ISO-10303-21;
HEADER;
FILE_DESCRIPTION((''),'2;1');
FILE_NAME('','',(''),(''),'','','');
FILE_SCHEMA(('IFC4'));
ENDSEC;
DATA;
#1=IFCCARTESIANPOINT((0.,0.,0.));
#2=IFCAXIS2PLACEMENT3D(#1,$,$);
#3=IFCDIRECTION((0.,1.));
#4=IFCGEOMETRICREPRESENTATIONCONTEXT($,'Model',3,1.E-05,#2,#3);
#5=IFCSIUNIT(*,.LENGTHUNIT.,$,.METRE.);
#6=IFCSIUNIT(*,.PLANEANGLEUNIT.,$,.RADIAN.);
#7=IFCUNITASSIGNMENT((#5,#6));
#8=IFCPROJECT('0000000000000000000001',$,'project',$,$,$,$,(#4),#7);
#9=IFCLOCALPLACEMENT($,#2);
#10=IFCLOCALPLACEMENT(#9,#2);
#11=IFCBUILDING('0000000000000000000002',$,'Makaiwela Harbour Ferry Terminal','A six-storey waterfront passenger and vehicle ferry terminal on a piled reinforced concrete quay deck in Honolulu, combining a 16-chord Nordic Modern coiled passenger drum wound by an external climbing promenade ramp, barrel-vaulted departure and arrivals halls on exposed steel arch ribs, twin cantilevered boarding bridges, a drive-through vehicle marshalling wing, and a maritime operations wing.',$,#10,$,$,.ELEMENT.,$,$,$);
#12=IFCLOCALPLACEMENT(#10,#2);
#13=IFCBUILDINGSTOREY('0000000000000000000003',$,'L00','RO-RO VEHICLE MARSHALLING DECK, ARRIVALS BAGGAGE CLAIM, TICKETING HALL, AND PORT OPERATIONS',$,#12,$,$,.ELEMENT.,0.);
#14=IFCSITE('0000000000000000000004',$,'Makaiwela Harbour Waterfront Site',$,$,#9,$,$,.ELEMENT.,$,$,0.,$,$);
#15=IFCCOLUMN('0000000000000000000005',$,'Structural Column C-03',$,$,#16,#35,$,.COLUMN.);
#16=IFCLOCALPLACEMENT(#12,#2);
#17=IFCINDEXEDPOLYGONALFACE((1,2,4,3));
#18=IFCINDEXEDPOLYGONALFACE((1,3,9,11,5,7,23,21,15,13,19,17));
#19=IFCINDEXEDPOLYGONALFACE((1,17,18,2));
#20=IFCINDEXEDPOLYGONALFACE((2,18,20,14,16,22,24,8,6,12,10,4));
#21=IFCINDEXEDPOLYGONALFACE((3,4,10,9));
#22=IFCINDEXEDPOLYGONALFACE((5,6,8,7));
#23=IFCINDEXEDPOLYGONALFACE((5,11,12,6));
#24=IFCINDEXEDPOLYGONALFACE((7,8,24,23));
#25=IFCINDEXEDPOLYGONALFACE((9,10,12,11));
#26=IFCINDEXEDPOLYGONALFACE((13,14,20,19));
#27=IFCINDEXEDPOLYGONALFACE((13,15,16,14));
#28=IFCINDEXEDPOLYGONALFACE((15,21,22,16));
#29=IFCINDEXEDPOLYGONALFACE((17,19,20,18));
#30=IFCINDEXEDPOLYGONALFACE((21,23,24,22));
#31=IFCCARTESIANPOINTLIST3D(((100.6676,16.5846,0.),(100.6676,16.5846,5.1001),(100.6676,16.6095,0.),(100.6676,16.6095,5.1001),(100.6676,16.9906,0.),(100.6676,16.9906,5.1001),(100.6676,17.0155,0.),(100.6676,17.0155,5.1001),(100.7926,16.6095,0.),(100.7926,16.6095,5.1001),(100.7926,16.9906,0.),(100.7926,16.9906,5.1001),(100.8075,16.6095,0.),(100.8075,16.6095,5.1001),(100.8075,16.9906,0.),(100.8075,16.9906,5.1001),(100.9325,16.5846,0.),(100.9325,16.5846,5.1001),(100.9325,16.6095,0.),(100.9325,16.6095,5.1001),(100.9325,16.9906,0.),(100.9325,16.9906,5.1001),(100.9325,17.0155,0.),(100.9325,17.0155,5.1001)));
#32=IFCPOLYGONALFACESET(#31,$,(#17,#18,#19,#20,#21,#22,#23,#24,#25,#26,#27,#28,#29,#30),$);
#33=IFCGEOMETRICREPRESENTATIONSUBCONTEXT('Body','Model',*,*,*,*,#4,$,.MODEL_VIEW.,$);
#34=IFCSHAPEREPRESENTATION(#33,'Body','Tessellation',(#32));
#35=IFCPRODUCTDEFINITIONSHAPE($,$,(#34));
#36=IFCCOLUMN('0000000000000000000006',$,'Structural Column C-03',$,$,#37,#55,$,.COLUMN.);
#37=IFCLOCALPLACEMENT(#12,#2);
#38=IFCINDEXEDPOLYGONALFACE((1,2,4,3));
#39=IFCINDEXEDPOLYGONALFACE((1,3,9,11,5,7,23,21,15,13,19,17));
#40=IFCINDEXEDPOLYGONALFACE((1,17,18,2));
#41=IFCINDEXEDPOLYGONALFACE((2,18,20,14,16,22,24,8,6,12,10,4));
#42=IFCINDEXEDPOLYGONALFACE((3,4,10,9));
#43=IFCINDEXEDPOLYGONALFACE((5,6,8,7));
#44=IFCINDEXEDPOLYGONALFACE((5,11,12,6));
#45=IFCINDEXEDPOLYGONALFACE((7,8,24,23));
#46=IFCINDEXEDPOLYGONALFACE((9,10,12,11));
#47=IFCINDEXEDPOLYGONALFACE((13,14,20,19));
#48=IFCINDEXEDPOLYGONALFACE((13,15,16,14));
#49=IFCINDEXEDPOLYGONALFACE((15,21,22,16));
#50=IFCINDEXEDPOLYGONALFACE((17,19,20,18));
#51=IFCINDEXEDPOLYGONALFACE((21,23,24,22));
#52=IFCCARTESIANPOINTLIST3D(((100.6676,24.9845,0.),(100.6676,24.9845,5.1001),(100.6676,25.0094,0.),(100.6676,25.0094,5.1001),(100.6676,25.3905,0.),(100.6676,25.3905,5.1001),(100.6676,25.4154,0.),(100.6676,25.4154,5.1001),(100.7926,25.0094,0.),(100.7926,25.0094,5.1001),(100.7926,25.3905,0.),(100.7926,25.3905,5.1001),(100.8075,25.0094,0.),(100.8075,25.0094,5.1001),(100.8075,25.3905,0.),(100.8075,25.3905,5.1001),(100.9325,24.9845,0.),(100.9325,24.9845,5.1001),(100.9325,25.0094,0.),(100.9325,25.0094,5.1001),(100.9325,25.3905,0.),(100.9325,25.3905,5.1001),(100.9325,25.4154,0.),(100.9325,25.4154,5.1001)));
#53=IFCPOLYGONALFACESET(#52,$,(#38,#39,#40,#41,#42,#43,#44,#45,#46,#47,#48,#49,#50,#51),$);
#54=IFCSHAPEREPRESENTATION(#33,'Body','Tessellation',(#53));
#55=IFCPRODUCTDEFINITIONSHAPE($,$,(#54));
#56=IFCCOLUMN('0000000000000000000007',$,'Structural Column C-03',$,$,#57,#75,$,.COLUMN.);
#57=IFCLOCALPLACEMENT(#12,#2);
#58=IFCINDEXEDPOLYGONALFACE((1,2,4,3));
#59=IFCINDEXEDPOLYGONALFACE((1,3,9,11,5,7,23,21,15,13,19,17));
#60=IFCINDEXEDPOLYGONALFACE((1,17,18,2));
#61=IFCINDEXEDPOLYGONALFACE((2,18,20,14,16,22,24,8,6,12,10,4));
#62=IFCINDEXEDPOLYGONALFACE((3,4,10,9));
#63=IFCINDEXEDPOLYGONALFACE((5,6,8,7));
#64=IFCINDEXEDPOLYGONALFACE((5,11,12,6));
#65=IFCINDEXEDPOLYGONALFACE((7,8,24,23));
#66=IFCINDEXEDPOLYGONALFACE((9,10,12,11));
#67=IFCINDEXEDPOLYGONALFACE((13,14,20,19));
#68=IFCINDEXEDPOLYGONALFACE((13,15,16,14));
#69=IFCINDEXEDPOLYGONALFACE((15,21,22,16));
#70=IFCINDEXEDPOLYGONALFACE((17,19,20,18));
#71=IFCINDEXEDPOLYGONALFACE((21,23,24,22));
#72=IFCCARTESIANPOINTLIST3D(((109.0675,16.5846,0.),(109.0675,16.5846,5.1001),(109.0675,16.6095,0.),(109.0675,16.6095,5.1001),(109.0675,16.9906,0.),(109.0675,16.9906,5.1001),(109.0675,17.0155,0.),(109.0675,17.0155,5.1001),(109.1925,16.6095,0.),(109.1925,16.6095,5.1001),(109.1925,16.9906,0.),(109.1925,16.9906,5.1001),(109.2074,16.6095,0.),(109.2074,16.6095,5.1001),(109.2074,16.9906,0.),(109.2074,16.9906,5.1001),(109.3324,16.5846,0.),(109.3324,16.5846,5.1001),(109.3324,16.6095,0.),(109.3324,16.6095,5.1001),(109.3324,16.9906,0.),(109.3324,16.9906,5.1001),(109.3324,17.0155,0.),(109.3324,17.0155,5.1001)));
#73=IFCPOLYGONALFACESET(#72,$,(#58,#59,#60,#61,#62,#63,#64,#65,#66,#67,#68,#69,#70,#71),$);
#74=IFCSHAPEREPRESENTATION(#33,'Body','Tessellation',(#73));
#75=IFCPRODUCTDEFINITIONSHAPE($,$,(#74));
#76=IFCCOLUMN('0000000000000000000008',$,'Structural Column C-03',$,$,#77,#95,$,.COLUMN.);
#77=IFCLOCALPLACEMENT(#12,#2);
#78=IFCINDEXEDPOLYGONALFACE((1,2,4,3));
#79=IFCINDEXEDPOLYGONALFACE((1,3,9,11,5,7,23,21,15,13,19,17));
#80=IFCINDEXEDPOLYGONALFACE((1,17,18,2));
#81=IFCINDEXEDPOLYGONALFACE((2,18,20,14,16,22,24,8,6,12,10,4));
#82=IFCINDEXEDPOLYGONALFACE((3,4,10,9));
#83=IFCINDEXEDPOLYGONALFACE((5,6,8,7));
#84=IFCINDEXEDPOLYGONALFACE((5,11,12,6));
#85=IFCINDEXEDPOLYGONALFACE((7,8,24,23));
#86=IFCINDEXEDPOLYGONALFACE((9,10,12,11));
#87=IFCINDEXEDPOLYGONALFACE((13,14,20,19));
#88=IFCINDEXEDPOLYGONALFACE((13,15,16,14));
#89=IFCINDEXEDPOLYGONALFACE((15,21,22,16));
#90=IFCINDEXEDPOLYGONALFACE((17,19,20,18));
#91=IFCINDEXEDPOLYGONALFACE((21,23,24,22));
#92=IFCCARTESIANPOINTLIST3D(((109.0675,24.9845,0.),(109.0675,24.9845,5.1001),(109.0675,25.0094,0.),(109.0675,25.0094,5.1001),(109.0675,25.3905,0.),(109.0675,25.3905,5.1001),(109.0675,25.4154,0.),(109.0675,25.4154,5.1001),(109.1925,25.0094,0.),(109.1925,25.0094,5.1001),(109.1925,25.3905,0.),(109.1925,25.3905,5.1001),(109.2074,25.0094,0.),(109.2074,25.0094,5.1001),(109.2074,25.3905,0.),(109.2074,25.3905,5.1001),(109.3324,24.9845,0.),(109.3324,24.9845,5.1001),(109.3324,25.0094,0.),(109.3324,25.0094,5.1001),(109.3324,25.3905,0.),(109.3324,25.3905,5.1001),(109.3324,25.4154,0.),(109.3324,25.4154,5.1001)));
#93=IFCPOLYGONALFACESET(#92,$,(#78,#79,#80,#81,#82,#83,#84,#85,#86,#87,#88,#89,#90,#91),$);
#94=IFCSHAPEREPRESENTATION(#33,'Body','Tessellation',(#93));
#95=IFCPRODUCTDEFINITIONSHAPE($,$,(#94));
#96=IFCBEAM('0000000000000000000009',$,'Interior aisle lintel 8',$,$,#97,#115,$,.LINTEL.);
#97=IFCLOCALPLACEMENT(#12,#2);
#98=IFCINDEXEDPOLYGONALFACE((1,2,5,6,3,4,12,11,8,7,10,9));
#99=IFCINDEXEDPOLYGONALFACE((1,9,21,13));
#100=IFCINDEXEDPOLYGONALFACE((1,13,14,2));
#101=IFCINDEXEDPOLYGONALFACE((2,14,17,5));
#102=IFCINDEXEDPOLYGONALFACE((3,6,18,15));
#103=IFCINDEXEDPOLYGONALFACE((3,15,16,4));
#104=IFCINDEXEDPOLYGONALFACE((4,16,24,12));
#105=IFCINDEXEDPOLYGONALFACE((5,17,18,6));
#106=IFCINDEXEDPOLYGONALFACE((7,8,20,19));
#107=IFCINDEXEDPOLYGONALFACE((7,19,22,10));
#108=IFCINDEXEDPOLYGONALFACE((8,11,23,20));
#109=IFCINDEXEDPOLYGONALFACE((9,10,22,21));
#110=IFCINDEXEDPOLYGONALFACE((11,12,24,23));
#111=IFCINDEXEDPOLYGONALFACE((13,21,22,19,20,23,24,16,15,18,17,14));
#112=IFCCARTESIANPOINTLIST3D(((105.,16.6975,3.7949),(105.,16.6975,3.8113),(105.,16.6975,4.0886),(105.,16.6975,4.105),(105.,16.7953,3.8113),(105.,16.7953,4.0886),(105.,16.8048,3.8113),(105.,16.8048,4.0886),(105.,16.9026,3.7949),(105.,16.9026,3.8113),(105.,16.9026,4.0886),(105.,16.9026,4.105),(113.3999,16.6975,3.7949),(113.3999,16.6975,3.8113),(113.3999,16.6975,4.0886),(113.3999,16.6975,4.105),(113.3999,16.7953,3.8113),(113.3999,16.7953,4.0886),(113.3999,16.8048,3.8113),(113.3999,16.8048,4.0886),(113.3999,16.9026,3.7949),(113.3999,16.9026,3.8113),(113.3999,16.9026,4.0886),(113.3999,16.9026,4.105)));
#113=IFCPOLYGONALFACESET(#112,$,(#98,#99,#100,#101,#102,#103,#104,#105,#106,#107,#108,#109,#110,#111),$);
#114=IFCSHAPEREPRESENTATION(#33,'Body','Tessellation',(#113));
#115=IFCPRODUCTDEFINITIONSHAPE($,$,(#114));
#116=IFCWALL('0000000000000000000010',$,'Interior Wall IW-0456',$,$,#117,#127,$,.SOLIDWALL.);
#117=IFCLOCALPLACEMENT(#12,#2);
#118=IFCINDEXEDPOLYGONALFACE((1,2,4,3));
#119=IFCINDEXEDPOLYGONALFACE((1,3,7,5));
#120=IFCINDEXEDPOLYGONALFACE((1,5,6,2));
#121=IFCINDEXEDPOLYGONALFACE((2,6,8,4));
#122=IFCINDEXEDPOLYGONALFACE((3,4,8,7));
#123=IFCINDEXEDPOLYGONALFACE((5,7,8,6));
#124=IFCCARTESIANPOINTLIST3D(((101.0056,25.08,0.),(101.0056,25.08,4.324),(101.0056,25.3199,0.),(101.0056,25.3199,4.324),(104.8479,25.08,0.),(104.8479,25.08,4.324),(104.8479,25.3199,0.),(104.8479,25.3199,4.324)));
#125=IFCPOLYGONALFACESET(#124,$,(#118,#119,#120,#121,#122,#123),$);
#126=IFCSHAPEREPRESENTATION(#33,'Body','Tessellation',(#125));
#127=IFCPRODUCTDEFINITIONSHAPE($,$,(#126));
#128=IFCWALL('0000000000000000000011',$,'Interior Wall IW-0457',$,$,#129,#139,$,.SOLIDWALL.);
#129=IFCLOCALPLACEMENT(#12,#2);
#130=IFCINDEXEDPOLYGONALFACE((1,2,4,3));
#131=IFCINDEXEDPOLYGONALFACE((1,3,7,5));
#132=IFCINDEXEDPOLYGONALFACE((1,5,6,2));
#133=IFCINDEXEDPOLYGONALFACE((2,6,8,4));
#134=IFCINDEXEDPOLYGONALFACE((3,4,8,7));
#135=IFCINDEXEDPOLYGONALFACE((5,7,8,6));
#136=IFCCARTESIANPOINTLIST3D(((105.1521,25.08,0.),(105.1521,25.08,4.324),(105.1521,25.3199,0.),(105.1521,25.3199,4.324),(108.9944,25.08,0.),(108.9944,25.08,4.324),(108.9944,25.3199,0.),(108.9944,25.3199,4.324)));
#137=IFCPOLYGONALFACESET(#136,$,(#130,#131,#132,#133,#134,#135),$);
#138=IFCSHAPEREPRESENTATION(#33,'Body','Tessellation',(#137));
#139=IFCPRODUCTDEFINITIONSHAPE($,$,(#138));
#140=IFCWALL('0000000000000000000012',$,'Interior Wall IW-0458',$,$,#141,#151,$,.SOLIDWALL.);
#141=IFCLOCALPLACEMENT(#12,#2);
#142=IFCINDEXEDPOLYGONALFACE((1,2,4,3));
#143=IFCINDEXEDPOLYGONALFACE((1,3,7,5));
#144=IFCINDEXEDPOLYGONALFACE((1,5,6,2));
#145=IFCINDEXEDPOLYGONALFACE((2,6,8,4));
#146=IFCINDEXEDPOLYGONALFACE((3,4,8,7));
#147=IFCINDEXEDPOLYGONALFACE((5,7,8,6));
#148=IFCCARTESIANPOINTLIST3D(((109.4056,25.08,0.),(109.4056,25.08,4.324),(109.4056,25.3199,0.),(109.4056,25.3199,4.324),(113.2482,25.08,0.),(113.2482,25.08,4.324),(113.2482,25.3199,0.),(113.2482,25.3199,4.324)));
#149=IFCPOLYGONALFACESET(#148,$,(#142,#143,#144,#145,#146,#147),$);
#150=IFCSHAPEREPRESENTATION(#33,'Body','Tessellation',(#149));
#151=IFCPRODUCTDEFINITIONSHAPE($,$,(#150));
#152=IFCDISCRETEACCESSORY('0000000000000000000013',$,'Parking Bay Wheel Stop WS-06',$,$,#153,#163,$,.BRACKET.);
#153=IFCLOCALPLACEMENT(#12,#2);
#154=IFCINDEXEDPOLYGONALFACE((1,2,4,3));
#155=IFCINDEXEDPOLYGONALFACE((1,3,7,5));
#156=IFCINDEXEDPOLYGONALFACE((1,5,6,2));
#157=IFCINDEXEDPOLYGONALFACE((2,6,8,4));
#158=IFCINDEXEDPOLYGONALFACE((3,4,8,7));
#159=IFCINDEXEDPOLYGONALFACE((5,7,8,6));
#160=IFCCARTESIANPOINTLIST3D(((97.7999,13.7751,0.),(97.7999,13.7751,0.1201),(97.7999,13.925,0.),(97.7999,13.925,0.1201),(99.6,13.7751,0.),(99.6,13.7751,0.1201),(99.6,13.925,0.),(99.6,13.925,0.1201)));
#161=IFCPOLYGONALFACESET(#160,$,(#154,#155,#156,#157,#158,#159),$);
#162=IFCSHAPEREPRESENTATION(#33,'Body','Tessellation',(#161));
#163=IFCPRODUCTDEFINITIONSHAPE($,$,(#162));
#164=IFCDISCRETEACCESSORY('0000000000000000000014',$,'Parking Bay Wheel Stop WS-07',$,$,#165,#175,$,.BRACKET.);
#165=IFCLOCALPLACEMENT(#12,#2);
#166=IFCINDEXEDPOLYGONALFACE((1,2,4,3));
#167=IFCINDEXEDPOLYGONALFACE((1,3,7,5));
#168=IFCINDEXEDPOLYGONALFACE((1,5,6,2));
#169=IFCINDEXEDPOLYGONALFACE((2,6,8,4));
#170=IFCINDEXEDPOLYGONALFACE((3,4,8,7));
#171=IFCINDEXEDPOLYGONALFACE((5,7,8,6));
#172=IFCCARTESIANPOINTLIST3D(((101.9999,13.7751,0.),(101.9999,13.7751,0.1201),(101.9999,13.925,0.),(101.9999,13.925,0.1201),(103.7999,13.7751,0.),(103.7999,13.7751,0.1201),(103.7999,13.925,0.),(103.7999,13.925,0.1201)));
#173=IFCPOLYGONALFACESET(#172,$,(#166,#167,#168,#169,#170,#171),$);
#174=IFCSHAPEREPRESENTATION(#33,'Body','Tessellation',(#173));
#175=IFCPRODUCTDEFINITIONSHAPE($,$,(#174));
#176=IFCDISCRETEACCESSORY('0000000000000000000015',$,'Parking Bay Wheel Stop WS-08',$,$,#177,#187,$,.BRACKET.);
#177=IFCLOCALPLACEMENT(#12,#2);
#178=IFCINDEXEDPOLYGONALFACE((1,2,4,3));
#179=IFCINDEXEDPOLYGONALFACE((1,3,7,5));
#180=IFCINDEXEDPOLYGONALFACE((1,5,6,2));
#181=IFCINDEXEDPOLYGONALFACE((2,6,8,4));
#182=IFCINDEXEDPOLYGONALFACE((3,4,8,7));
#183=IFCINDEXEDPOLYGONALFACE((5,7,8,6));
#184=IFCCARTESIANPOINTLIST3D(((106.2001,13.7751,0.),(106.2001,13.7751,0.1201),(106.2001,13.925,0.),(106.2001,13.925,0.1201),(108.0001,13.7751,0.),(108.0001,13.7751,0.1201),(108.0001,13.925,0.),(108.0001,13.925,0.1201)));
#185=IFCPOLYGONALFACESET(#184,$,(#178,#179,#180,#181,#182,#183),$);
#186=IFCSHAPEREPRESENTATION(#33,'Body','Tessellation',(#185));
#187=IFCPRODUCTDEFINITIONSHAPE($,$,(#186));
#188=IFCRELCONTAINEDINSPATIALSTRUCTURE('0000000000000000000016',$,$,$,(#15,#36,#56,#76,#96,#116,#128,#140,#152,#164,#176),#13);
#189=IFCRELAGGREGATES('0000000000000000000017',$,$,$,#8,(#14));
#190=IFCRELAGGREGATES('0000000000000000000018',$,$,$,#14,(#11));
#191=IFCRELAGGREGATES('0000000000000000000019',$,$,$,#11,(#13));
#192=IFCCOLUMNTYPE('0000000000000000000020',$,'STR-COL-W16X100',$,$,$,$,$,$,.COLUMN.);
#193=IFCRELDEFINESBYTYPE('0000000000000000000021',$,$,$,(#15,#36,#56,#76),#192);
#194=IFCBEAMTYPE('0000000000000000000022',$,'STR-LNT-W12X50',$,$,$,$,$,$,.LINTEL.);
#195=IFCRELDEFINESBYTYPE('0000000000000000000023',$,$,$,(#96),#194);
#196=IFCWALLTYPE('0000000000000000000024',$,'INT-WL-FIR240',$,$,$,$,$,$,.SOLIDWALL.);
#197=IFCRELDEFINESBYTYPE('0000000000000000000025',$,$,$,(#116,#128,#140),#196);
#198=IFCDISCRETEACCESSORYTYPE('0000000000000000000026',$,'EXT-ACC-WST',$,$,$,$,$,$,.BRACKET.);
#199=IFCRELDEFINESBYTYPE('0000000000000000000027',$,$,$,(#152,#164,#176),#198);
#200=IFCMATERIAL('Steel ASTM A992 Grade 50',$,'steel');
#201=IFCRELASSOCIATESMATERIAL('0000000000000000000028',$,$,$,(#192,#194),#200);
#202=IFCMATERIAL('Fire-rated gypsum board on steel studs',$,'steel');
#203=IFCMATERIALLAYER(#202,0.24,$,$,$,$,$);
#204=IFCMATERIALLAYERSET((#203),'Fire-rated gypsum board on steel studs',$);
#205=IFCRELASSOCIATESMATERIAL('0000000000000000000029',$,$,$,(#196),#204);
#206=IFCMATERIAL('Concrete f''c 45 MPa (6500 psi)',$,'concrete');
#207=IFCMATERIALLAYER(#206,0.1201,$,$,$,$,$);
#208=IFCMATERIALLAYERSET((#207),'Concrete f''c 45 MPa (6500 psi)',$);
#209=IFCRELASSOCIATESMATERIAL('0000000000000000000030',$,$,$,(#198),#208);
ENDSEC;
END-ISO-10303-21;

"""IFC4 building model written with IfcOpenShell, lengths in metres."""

from ifc_helpers import new_model, si_unit, direction, frame, frame_2d, origin, origin_2d, place, context, subcontext, project, spatial, rectangle, i_section, extrude, material, layer, layer_set, material_profile, profile_set, type_object, element, save


model = new_model("IFC4")

# Units and contexts
model_context = context("Model", 3, precision=1e-05, world=origin(), true_north=direction((0.0, 1.0)))
body_context = subcontext(model_context, "Body", "Model", "MODEL_VIEW")
ifc_project = project(units=[si_unit("LENGTHUNIT", "METRE"), si_unit("PLANEANGLEUNIT", "RADIAN")], contexts=[model_context])

# Site, building, storey
site_placement = place(None, origin())
site = spatial("IfcSite", under=ifc_project, at=site_placement, Name="Makaiwela Harbour Waterfront Site", CompositionType="ELEMENT", RefElevation=0.0)
building_placement = place(site_placement, origin())
building = spatial("IfcBuilding", under=site, at=building_placement, Name="Makaiwela Harbour Ferry Terminal", Description="A six-storey waterfront passenger and vehicle ferry terminal on a piled reinforced concrete quay deck in Honolulu, combining a 16-chord Nordic Modern coiled passenger drum wound by an external climbing promenade ramp, barrel-vaulted departure and arrivals halls on exposed steel arch ribs, twin cantilevered boarding bridges, a drive-through vehicle marshalling wing, and a maritime operations wing.", CompositionType="ELEMENT")
storey_placement = place(building_placement, origin())
storey = spatial("IfcBuildingStorey", under=building, at=storey_placement, Name="L00", Description="RO-RO VEHICLE MARSHALLING DECK, ARRIVALS BAGGAGE CLAIM, TICKETING HALL, AND PORT OPERATIONS", CompositionType="ELEMENT", Elevation=0.0)

# Shared definitions
ifc_material_1 = material(Name="Concrete f'c 45 MPa (6500 psi)", Category="concrete")

# Columns
ifc_material_2 = material(Name="Steel ASTM A992 Grade 50", Category="steel")
ifc_material_profile_1 = material_profile(ifc_material_2, i_section(OverallWidth=0.2649, OverallDepth=0.4309, WebThickness=0.0149, FlangeThickness=0.0249, at=origin_2d()), Name="W16X100")
ifc_profile_set_1 = profile_set([ifc_material_profile_1], Name="Steel ASTM A992 Grade 50")
column_type_1 = type_object("IfcColumnType", Name="STR-COL-W16X100", PredefinedType="COLUMN", material=ifc_profile_set_1)
for number, where, z_axis, x_axis, name in (
    (1, (100.8, 16.8, 0.0), (0.0, 0.0, 1.0), (1.0, 0.0, 0.0), "Structural Column C-03"),
    (2, (100.8, 25.2, 0.0), (0.0, 0.0, 1.0), (1.0, 0.0, 0.0), "Structural Column C-03"),
    (3, (109.2, 16.8, 0.0), (0.0, 0.0, 1.0), (1.0, 0.0, 0.0), "Structural Column C-03"),
    (4, (109.2, 25.2, 0.0), (0.0, 0.0, 1.0), (1.0, 0.0, 0.0), "Structural Column C-03"),
):
    element("IfcColumn", number, at=place(storey_placement, frame(where, z_axis=z_axis, x_axis=x_axis)), inside=storey, type_object=column_type_1, Name=name, PredefinedType="COLUMN", context=body_context, shape_type="SweptSolid", body=[
        extrude(i_section(OverallWidth=0.2649, OverallDepth=0.4309, WebThickness=0.0149, FlangeThickness=0.0249, at=origin_2d()), origin(), (0.0, 0.0, 1.0), 5.1001),
    ])

# Beam
ifc_material_profile_2 = material_profile(ifc_material_2, i_section(OverallWidth=0.2051, OverallDepth=0.3101, WebThickness=0.0095, FlangeThickness=0.0164, at=origin_2d()), Name="W12X50")
ifc_profile_set_2 = profile_set([ifc_material_profile_2], Name="Steel ASTM A992 Grade 50")
beam_type = type_object("IfcBeamType", Name="STR-LNT-W12X50", PredefinedType="LINTEL", material=ifc_profile_set_2)
beam_placement = place(storey_placement, frame((105.0, 16.8, 3.95), z_axis=(1.0, 0.0, 0.0), x_axis=(0.0, 1.0, 0.0)))
element("IfcBeam", 5, at=beam_placement, inside=storey, type_object=beam_type, Name="Interior aisle lintel 8", PredefinedType="LINTEL", context=body_context, shape_type="SweptSolid", body=[
    extrude(i_section(OverallWidth=0.2051, OverallDepth=0.3101, WebThickness=0.0095, FlangeThickness=0.0164, at=origin_2d()), origin(), (0.0, 0.0, 1.0), 8.3999),
])

# Walls
ifc_material_3 = material(Name="Fire-rated gypsum board on steel studs", Category="steel")
ifc_layer_1 = layer(ifc_material_3, 0.24)
ifc_layer_set_1 = layer_set([ifc_layer_1], Name="Fire-rated gypsum board on steel studs")
wall_type = type_object("IfcWallType", Name="INT-WL-FIR240", PredefinedType="SOLIDWALL", material=ifc_layer_set_1)
for number, where, z_axis, x_axis, name in (
    (6, (101.0056, 25.2, 0.0), (0.0, 0.0, 1.0), (1.0, 0.0, 0.0), "Interior Wall IW-0456"),
    (7, (105.1521, 25.2, 0.0), (0.0, 0.0, 1.0), (1.0, 0.0, 0.0), "Interior Wall IW-0457"),
):
    element("IfcWall", number, at=place(storey_placement, frame(where, z_axis=z_axis, x_axis=x_axis)), inside=storey, type_object=wall_type, Name=name, PredefinedType="SOLIDWALL", context=body_context, shape_type="SweptSolid", body=[
        extrude(rectangle(XDim=3.8423, YDim=0.24, at=frame_2d((1.9211, 0.0))), origin(), (0.0, 0.0, 1.0), 4.324),
    ])
wall_placement = place(storey_placement, frame((109.4055, 25.2, 0.0), z_axis=(0.0, 0.0, 1.0), x_axis=(1.0, 0.0, 0.0)))
element("IfcWall", 8, at=wall_placement, inside=storey, type_object=wall_type, Name="Interior Wall IW-0458", PredefinedType="SOLIDWALL", context=body_context, shape_type="SweptSolid", body=[
    extrude(rectangle(XDim=3.8425, YDim=0.24, at=frame_2d((1.9214, 0.0))), origin(), (0.0, 0.0, 1.0), 4.324),
])

# Discrete accessories
ifc_layer_2 = layer(ifc_material_1, 0.1201)
ifc_layer_set_2 = layer_set([ifc_layer_2], Name="Concrete f'c 45 MPa (6500 psi)")
discrete_accessory_type = type_object("IfcDiscreteAccessoryType", Name="EXT-ACC-WST", PredefinedType="BRACKET", material=ifc_layer_set_2)
for number, where, z_axis, x_axis, name in (
    (9, (98.7, 13.8501, 0.0), (0.0, 0.0, 1.0), (1.0, 0.0, 0.0), "Parking Bay Wheel Stop WS-06"),
    (10, (102.8999, 13.8501, 0.0), (0.0, 0.0, 1.0), (1.0, 0.0, 0.0), "Parking Bay Wheel Stop WS-07"),
    (11, (107.1001, 13.8501, 0.0), (0.0, 0.0, 1.0), (1.0, 0.0, 0.0), "Parking Bay Wheel Stop WS-08"),
):
    element("IfcDiscreteAccessory", number, at=place(storey_placement, frame(where, z_axis=z_axis, x_axis=x_axis)), inside=storey, type_object=discrete_accessory_type, Name=name, PredefinedType="BRACKET", context=body_context, shape_type="SweptSolid", body=[
        extrude(rectangle(XDim=1.8, YDim=0.1499, at=origin_2d()), origin(), (0.0, 0.0, 1.0), 0.1201),
    ])

save(model, "model.ifc")
